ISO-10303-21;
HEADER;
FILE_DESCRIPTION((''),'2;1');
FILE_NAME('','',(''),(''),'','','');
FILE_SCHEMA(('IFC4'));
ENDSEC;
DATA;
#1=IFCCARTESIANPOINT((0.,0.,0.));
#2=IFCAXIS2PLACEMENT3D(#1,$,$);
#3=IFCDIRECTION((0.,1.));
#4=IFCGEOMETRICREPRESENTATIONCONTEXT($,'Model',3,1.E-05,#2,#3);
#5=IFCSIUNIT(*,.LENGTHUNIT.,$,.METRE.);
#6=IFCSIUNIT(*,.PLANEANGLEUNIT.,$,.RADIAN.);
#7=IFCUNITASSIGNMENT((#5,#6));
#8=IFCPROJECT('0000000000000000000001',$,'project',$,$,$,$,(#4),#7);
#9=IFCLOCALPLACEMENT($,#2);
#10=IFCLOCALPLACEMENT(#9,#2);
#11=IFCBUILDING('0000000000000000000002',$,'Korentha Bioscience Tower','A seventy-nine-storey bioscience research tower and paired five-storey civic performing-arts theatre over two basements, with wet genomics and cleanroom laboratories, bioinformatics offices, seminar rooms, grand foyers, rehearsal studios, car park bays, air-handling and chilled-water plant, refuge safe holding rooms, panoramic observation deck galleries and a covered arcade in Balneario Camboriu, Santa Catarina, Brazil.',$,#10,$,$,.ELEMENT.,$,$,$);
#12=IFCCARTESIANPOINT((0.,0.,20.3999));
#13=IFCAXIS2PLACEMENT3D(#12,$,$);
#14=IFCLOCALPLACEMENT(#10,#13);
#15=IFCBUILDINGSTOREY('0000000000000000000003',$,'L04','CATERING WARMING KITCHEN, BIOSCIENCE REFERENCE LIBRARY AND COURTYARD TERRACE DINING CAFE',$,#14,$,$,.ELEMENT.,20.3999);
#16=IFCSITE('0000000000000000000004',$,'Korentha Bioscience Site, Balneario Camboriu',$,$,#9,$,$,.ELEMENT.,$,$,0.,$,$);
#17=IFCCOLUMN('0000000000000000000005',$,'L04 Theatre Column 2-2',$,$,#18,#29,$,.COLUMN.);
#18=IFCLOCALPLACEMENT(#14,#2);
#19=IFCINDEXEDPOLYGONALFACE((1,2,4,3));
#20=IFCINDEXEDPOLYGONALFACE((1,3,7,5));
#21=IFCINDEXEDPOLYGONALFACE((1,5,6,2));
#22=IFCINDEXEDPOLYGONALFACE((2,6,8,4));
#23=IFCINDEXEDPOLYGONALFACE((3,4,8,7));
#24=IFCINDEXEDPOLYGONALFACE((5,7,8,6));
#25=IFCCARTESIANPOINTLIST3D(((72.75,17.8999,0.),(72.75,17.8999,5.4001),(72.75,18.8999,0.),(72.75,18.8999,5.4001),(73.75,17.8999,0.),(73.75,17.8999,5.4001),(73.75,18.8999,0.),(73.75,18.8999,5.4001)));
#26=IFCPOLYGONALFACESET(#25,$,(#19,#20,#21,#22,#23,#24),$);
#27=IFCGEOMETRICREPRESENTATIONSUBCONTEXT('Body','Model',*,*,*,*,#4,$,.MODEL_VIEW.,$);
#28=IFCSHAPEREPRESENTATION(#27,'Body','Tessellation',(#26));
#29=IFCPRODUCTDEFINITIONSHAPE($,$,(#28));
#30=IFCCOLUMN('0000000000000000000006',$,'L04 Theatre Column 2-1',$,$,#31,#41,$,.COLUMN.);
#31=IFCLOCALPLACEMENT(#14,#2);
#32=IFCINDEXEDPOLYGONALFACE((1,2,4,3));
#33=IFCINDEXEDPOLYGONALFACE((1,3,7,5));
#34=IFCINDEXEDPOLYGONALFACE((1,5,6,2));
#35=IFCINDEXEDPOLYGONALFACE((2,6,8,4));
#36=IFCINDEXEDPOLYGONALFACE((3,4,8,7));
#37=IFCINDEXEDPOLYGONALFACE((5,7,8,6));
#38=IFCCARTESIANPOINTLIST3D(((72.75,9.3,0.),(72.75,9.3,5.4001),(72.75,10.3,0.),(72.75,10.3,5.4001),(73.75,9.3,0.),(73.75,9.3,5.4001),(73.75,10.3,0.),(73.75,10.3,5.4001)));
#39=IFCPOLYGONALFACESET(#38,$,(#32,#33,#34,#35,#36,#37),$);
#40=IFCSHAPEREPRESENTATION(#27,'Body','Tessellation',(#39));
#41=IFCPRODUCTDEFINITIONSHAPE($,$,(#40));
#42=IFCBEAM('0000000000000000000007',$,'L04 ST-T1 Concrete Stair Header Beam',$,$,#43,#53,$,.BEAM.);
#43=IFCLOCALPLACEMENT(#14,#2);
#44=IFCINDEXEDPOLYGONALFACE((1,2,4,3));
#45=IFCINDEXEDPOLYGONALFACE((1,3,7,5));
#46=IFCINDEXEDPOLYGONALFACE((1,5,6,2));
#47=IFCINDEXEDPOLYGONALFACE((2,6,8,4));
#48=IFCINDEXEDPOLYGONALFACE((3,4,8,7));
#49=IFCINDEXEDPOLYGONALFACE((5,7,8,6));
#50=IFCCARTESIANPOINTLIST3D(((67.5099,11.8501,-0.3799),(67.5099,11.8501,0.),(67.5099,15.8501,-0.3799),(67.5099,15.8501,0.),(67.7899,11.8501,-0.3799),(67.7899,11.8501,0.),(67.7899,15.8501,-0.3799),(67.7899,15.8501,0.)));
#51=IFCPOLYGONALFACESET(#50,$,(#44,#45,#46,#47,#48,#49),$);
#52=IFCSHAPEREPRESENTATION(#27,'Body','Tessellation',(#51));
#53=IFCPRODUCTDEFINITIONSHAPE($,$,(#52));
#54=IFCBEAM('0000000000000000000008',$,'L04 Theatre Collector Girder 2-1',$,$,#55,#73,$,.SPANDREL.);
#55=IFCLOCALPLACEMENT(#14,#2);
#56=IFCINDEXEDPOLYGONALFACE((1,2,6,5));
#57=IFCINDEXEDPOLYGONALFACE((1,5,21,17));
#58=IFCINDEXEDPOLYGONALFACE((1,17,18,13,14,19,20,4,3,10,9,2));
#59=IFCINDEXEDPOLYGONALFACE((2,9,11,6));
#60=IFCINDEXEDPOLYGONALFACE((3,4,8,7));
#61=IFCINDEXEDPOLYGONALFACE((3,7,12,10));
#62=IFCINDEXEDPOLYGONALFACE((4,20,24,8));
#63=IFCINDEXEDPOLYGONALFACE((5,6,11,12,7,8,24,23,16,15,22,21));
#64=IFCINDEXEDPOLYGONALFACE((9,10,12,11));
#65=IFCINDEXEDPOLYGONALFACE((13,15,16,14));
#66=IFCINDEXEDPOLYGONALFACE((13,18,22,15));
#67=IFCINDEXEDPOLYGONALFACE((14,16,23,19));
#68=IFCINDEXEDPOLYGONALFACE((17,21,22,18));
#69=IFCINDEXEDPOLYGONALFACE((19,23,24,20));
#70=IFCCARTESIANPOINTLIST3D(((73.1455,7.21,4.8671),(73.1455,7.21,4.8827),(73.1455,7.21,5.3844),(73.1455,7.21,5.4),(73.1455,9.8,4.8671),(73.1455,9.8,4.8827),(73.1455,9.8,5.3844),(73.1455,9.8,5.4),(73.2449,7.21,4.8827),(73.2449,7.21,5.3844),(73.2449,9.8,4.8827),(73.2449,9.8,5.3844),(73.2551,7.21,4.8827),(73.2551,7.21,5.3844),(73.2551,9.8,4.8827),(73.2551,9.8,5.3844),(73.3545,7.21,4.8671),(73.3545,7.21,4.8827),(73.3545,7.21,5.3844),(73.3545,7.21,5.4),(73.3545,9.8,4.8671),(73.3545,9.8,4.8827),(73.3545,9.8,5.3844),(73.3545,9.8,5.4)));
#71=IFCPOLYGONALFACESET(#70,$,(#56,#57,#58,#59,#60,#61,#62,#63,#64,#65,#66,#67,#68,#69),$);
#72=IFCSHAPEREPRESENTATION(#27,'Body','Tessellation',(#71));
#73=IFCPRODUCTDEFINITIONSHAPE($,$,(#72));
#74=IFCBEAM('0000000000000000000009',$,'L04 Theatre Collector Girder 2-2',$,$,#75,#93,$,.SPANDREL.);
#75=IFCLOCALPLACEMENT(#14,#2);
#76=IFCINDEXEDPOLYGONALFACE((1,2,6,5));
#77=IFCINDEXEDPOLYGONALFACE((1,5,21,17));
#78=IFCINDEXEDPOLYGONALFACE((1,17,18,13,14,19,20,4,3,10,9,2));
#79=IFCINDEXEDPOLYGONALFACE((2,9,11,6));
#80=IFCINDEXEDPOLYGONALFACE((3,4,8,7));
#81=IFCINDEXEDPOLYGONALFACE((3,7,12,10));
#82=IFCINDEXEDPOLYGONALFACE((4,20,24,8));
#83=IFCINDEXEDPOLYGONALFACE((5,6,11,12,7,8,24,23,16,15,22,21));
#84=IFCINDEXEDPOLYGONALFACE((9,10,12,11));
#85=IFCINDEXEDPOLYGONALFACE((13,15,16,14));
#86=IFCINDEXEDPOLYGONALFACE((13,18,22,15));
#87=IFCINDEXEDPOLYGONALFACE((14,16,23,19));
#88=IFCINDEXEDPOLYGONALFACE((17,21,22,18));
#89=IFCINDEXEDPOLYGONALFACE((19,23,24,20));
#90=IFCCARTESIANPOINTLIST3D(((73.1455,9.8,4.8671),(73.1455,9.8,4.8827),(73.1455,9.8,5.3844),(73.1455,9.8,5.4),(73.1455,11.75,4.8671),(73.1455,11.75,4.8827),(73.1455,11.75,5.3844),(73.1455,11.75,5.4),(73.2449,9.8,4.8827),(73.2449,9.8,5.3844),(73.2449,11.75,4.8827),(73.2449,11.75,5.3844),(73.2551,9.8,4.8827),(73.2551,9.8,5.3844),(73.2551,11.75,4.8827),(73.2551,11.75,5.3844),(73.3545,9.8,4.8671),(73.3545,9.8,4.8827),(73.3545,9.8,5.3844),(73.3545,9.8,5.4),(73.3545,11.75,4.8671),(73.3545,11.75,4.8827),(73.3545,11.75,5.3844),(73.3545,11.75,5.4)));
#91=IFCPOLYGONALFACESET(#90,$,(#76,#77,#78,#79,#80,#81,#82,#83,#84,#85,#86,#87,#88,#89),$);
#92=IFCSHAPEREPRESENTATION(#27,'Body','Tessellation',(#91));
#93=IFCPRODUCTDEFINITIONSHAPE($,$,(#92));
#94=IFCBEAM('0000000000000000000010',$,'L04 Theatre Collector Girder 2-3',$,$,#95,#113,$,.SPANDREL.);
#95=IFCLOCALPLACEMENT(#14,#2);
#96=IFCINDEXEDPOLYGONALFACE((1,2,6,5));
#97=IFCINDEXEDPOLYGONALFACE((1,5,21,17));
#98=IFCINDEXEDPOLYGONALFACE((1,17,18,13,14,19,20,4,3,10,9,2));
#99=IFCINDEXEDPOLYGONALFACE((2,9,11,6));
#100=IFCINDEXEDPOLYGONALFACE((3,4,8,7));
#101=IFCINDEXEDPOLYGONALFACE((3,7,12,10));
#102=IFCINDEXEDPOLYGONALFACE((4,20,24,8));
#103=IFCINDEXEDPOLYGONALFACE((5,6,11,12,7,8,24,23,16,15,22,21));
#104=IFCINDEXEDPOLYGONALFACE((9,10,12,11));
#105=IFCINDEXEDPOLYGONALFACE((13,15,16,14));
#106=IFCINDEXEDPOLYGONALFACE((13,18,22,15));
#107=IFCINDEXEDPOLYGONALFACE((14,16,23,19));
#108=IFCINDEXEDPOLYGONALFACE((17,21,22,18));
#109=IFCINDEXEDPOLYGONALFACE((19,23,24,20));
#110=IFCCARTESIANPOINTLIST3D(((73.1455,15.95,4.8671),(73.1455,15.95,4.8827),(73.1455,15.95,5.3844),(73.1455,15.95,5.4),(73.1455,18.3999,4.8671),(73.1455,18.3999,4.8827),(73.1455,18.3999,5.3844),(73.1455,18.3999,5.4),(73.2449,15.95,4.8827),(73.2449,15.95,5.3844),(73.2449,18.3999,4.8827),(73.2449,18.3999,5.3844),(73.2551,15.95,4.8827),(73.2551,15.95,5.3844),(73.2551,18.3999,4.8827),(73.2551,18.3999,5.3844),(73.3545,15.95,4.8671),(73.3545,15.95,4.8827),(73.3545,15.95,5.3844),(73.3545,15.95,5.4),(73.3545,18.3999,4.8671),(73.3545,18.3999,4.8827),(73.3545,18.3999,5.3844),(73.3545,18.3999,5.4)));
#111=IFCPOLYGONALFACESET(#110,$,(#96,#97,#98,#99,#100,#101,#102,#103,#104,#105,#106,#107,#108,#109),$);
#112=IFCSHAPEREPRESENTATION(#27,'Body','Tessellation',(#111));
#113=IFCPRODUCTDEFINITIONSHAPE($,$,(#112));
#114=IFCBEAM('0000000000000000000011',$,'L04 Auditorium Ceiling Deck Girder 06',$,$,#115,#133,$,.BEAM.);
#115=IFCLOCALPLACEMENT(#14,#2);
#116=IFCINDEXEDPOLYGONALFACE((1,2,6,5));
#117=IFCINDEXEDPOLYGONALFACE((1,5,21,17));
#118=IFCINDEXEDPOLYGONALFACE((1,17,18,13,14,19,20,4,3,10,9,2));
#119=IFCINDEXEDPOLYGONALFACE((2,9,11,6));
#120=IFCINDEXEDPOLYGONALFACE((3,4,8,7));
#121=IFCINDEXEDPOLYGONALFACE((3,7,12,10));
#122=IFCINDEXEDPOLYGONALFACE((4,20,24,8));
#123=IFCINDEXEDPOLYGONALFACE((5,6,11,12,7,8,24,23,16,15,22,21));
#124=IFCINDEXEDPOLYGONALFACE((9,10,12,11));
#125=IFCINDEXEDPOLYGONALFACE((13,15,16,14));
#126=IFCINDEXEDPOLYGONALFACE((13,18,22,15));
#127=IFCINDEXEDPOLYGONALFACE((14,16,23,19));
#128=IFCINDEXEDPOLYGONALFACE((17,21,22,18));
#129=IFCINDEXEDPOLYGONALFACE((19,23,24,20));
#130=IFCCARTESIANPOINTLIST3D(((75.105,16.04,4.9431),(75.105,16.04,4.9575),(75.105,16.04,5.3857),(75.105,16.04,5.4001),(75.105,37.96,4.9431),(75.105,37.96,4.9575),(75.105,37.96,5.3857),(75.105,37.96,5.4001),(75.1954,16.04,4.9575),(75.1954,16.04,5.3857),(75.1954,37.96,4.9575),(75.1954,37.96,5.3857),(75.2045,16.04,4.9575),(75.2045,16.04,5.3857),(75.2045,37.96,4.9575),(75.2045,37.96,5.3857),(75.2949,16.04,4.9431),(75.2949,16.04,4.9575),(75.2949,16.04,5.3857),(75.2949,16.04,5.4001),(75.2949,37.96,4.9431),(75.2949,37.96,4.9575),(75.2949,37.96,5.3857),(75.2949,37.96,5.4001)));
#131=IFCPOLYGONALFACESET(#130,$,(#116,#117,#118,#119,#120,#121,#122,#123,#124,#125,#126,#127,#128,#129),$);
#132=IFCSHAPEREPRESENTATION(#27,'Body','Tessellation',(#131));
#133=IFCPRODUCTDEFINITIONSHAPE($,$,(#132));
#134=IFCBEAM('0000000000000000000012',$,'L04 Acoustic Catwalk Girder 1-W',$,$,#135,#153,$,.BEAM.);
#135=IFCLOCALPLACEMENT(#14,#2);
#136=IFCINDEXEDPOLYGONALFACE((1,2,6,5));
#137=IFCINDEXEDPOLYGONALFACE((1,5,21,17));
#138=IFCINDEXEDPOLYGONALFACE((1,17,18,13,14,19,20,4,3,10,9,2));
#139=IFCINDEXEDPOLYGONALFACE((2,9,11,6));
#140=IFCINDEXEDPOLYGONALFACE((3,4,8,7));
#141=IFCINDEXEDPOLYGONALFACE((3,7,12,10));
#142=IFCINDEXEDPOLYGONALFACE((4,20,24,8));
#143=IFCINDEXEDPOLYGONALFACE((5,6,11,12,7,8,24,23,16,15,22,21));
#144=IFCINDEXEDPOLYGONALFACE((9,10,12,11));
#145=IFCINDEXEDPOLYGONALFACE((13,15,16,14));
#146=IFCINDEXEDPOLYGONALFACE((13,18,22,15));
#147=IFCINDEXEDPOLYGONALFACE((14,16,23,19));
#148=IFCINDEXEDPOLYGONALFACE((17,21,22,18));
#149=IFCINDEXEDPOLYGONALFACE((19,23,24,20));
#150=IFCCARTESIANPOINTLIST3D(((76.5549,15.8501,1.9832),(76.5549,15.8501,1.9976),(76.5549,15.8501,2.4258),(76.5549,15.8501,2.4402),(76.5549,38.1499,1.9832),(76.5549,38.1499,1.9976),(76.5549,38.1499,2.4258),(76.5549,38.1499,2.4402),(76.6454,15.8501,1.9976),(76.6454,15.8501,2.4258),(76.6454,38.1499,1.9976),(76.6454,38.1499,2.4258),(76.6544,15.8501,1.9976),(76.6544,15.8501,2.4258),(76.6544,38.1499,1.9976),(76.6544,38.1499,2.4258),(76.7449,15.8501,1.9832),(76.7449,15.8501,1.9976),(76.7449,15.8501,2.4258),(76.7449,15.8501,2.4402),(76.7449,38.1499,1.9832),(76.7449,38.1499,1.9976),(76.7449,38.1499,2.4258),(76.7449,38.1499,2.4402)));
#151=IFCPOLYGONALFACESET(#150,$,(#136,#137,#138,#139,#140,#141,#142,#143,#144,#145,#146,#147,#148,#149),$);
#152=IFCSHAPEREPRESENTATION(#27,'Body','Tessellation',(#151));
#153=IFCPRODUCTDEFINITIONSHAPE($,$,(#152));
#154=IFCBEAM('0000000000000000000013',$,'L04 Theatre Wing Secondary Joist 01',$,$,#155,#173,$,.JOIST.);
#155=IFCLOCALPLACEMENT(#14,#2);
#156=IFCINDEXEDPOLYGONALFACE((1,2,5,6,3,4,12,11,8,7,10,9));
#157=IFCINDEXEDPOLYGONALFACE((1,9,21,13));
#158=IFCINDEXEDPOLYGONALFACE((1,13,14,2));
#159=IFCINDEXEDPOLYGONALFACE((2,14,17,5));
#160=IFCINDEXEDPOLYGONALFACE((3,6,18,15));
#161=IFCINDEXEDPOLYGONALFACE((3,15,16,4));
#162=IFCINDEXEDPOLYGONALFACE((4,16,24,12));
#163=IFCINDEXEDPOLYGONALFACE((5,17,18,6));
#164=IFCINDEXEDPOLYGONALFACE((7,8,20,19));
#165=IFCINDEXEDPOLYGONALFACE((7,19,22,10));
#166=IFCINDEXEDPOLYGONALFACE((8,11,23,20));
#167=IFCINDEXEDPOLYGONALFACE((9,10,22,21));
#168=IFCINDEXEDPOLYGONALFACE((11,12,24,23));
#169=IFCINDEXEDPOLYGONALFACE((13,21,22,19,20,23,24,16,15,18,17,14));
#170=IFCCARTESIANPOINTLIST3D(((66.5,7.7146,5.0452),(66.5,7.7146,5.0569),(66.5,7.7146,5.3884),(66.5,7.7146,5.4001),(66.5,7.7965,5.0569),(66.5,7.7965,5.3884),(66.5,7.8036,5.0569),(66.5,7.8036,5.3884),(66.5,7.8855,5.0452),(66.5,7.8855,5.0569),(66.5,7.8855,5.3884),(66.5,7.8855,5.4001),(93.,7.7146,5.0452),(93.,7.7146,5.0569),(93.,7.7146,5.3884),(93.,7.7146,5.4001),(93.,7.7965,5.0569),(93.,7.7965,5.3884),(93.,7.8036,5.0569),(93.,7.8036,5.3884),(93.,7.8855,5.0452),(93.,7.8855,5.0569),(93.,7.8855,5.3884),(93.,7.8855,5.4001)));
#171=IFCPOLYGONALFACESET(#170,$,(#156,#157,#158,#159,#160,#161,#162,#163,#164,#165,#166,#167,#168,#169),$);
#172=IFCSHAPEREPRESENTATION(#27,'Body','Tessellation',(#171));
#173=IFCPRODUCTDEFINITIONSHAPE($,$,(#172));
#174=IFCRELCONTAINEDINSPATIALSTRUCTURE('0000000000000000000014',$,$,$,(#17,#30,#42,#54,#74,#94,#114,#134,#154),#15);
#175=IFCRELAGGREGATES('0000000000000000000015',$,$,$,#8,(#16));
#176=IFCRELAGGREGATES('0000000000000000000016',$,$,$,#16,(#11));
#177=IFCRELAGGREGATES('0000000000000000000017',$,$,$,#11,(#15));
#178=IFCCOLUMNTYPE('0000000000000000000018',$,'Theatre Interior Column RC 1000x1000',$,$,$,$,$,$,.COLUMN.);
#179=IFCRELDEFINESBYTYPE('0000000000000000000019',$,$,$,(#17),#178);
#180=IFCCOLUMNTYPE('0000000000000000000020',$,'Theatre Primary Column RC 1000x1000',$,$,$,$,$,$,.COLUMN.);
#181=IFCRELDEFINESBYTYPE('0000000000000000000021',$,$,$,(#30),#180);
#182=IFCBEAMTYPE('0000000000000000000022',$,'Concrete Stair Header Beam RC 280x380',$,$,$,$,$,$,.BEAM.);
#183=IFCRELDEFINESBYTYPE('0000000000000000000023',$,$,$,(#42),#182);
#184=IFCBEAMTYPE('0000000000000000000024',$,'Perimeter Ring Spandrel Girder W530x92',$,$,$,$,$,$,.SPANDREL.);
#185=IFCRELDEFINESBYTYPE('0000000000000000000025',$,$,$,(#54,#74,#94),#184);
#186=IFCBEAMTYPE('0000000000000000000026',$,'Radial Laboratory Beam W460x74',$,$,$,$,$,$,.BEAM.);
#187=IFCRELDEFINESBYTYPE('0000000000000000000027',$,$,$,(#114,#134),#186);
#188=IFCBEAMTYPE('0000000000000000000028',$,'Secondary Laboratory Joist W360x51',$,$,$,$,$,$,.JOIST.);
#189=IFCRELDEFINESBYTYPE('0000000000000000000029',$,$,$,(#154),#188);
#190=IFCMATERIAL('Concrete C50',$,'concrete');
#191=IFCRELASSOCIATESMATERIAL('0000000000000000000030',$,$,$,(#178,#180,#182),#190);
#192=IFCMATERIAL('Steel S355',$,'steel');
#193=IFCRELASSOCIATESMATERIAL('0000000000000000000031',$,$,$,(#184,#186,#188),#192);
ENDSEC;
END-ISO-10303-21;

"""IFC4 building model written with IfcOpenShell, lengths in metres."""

from ifc_helpers import new_model, si_unit, direction, frame, origin, origin_2d, place, context, subcontext, project, spatial, rectangle, i_section, extrude, material, material_profile, profile_set, type_object, element, save


model = new_model("IFC4")

# Units and contexts
model_context = context("Model", 3, precision=1e-05, world=origin(), true_north=direction((0.0, 1.0)))
body_context = subcontext(model_context, "Body", "Model", "MODEL_VIEW")
ifc_project = project(units=[si_unit("LENGTHUNIT", "METRE"), si_unit("PLANEANGLEUNIT", "RADIAN")], contexts=[model_context])

# Site, building, storey
site_placement = place(None, origin())
site = spatial("IfcSite", under=ifc_project, at=site_placement, Name="Korentha Bioscience Site, Balneario Camboriu", CompositionType="ELEMENT", RefElevation=0.0)
building_placement = place(site_placement, origin())
building = spatial("IfcBuilding", under=site, at=building_placement, Name="Korentha Bioscience Tower", Description="A seventy-nine-storey bioscience research tower and paired five-storey civic performing-arts theatre over two basements, with wet genomics and cleanroom laboratories, bioinformatics offices, seminar rooms, grand foyers, rehearsal studios, car park bays, air-handling and chilled-water plant, refuge safe holding rooms, panoramic observation deck galleries and a covered arcade in Balneario Camboriu, Santa Catarina, Brazil.", CompositionType="ELEMENT")
storey_placement = place(building_placement, frame((0.0, 0.0, 20.3999)))
storey = spatial("IfcBuildingStorey", under=building, at=storey_placement, Name="L04", Description="CATERING WARMING KITCHEN, BIOSCIENCE REFERENCE LIBRARY AND COURTYARD TERRACE DINING CAFE", CompositionType="ELEMENT", Elevation=20.3999)

# Columns
ifc_material_1 = material(Name="Concrete C50", Category="concrete")
ifc_material_profile_1 = material_profile(ifc_material_1, rectangle(XDim=1.0, YDim=1.0, at=origin_2d()), Name="Concrete C50")
ifc_profile_set_1 = profile_set([ifc_material_profile_1], Name="Concrete C50 (TC-I01)")
column_type_1 = type_object("IfcColumnType", Name="Theatre Interior Column RC 1000x1000", PredefinedType="COLUMN", material=ifc_profile_set_1)
column_1_placement = place(storey_placement, frame((73.25, 18.3999, 0.0), z_axis=(0.0, 0.0, 1.0), x_axis=(1.0, 0.0, 0.0)))
element("IfcColumn", 1, at=column_1_placement, inside=storey, type_object=column_type_1, Name="L04 Theatre Column 2-2", PredefinedType="COLUMN", context=body_context, shape_type="SweptSolid", body=[
    extrude(rectangle(XDim=1.0, YDim=1.0, at=origin_2d()), origin(), (0.0, 0.0, 1.0), 5.4001),
])
ifc_material_profile_2 = material_profile(ifc_material_1, rectangle(XDim=1.0, YDim=1.0, at=origin_2d()), Name="Concrete C50")
ifc_profile_set_2 = profile_set([ifc_material_profile_2], Name="Concrete C50 (TC-01)")
column_type_2 = type_object("IfcColumnType", Name="Theatre Primary Column RC 1000x1000", PredefinedType="COLUMN", material=ifc_profile_set_2)
column_2_placement = place(storey_placement, frame((73.25, 9.8, 0.0), z_axis=(0.0, 0.0, 1.0), x_axis=(1.0, 0.0, 0.0)))
element("IfcColumn", 2, at=column_2_placement, inside=storey, type_object=column_type_2, Name="L04 Theatre Column 2-1", PredefinedType="COLUMN", context=body_context, shape_type="SweptSolid", body=[
    extrude(rectangle(XDim=1.0, YDim=1.0, at=origin_2d()), origin(), (0.0, 0.0, 1.0), 5.4001),
])

# Beams
ifc_material_profile_3 = material_profile(ifc_material_1, rectangle(XDim=0.28, YDim=0.3799, at=origin_2d()), Name="Concrete C50")
ifc_profile_set_3 = profile_set([ifc_material_profile_3], Name="Concrete C50 (ST-HB380)")
beam_type_1 = type_object("IfcBeamType", Name="Concrete Stair Header Beam RC 280x380", PredefinedType="BEAM", material=ifc_profile_set_3)
beam_1_placement = place(storey_placement, frame((67.6499, 11.8501, -0.1899), z_axis=(0.0, 1.0, 0.0), x_axis=(-1.0, 0.0, 0.0)))
element("IfcBeam", 3, at=beam_1_placement, inside=storey, type_object=beam_type_1, Name="L04 ST-T1 Concrete Stair Header Beam", PredefinedType="BEAM", context=body_context, shape_type="SweptSolid", body=[
    extrude(rectangle(XDim=0.28, YDim=0.3799, at=origin_2d()), origin(), (0.0, 0.0, 1.0), 4.0),
])
ifc_material_2 = material(Name="Steel S355", Category="steel")
ifc_material_profile_4 = material_profile(ifc_material_2, i_section(OverallWidth=0.209, OverallDepth=0.533, WebThickness=0.0103, FlangeThickness=0.0156, at=origin_2d()), Name="Steel S355")
ifc_profile_set_4 = profile_set([ifc_material_profile_4], Name="Steel S355 (SB-530)")
beam_type_2 = type_object("IfcBeamType", Name="Perimeter Ring Spandrel Girder W530x92", PredefinedType="SPANDREL", material=ifc_profile_set_4)
beam_2_placement = place(storey_placement, frame((73.25, 7.21, 5.1335), z_axis=(0.0, 1.0, 0.0), x_axis=(-1.0, 0.0, 0.0)))
element("IfcBeam", 4, at=beam_2_placement, inside=storey, type_object=beam_type_2, Name="L04 Theatre Collector Girder 2-1", PredefinedType="SPANDREL", context=body_context, shape_type="SweptSolid", body=[
    extrude(i_section(OverallWidth=0.209, OverallDepth=0.533, WebThickness=0.0103, FlangeThickness=0.0156, at=origin_2d()), origin(), (0.0, 0.0, 1.0), 2.5901),
])
beam_3_placement = place(storey_placement, frame((73.25, 9.8, 5.1335), z_axis=(0.0, 1.0, 0.0), x_axis=(-1.0, 0.0, 0.0)))
element("IfcBeam", 5, at=beam_3_placement, inside=storey, type_object=beam_type_2, Name="L04 Theatre Collector Girder 2-2", PredefinedType="SPANDREL", context=body_context, shape_type="SweptSolid", body=[
    extrude(i_section(OverallWidth=0.209, OverallDepth=0.533, WebThickness=0.0103, FlangeThickness=0.0156, at=origin_2d()), origin(), (0.0, 0.0, 1.0), 1.95),
])
beam_4_placement = place(storey_placement, frame((73.25, 15.95, 5.1335), z_axis=(0.0, 1.0, 0.0), x_axis=(-1.0, 0.0, 0.0)))
element("IfcBeam", 6, at=beam_4_placement, inside=storey, type_object=beam_type_2, Name="L04 Theatre Collector Girder 2-3", PredefinedType="SPANDREL", context=body_context, shape_type="SweptSolid", body=[
    extrude(i_section(OverallWidth=0.209, OverallDepth=0.533, WebThickness=0.0103, FlangeThickness=0.0156, at=origin_2d()), origin(), (0.0, 0.0, 1.0), 2.45),
])
ifc_material_profile_5 = material_profile(ifc_material_2, i_section(OverallWidth=0.1899, OverallDepth=0.457, WebThickness=0.009, FlangeThickness=0.0144, at=origin_2d()), Name="Steel S355")
ifc_profile_set_5 = profile_set([ifc_material_profile_5], Name="Steel S355 (RB-460)")
beam_type_3 = type_object("IfcBeamType", Name="Radial Laboratory Beam W460x74", PredefinedType="BEAM", material=ifc_profile_set_5)
beam_5_placement = place(storey_placement, frame((75.2, 16.04, 5.1716), z_axis=(0.0, 1.0, 0.0), x_axis=(-1.0, 0.0, 0.0)))
element("IfcBeam", 7, at=beam_5_placement, inside=storey, type_object=beam_type_3, Name="L04 Auditorium Ceiling Deck Girder 06", PredefinedType="BEAM", context=body_context, shape_type="SweptSolid", body=[
    extrude(i_section(OverallWidth=0.1899, OverallDepth=0.457, WebThickness=0.009, FlangeThickness=0.0144, at=origin_2d()), origin(), (0.0, 0.0, 1.0), 21.9199),
])
beam_6_placement = place(storey_placement, frame((76.6499, 15.8501, 2.2117), z_axis=(0.0, 1.0, 0.0), x_axis=(-1.0, 0.0, 0.0)))
element("IfcBeam", 8, at=beam_6_placement, inside=storey, type_object=beam_type_3, Name="L04 Acoustic Catwalk Girder 1-W", PredefinedType="BEAM", context=body_context, shape_type="SweptSolid", body=[
    extrude(i_section(OverallWidth=0.1899, OverallDepth=0.457, WebThickness=0.009, FlangeThickness=0.0144, at=origin_2d()), origin(), (0.0, 0.0, 1.0), 22.2998),
])
ifc_material_profile_6 = material_profile(ifc_material_2, i_section(OverallWidth=0.1709, OverallDepth=0.355, WebThickness=0.0071, FlangeThickness=0.0117, at=origin_2d()), Name="Steel S355")
ifc_profile_set_6 = profile_set([ifc_material_profile_6], Name="Steel S355 (JB-360)")
beam_type_4 = type_object("IfcBeamType", Name="Secondary Laboratory Joist W360x51", PredefinedType="JOIST", material=ifc_profile_set_6)
for number, where, z_axis, x_axis, name in (
    (9, (66.5, 7.8, 5.2227), (1.0, 0.0, 0.0), (0.0, 1.0, 0.0), "L04 Theatre Wing Secondary Joist 01"),
):
    element("IfcBeam", number, at=place(storey_placement, frame(where, z_axis=z_axis, x_axis=x_axis)), inside=storey, type_object=beam_type_4, Name=name, PredefinedType="JOIST", context=body_context, shape_type="SweptSolid", body=[
        extrude(i_section(OverallWidth=0.1709, OverallDepth=0.355, WebThickness=0.0071, FlangeThickness=0.0117, at=origin_2d()), origin(), (0.0, 0.0, 1.0), 26.5),
    ])

save(model, "model.ifc")
